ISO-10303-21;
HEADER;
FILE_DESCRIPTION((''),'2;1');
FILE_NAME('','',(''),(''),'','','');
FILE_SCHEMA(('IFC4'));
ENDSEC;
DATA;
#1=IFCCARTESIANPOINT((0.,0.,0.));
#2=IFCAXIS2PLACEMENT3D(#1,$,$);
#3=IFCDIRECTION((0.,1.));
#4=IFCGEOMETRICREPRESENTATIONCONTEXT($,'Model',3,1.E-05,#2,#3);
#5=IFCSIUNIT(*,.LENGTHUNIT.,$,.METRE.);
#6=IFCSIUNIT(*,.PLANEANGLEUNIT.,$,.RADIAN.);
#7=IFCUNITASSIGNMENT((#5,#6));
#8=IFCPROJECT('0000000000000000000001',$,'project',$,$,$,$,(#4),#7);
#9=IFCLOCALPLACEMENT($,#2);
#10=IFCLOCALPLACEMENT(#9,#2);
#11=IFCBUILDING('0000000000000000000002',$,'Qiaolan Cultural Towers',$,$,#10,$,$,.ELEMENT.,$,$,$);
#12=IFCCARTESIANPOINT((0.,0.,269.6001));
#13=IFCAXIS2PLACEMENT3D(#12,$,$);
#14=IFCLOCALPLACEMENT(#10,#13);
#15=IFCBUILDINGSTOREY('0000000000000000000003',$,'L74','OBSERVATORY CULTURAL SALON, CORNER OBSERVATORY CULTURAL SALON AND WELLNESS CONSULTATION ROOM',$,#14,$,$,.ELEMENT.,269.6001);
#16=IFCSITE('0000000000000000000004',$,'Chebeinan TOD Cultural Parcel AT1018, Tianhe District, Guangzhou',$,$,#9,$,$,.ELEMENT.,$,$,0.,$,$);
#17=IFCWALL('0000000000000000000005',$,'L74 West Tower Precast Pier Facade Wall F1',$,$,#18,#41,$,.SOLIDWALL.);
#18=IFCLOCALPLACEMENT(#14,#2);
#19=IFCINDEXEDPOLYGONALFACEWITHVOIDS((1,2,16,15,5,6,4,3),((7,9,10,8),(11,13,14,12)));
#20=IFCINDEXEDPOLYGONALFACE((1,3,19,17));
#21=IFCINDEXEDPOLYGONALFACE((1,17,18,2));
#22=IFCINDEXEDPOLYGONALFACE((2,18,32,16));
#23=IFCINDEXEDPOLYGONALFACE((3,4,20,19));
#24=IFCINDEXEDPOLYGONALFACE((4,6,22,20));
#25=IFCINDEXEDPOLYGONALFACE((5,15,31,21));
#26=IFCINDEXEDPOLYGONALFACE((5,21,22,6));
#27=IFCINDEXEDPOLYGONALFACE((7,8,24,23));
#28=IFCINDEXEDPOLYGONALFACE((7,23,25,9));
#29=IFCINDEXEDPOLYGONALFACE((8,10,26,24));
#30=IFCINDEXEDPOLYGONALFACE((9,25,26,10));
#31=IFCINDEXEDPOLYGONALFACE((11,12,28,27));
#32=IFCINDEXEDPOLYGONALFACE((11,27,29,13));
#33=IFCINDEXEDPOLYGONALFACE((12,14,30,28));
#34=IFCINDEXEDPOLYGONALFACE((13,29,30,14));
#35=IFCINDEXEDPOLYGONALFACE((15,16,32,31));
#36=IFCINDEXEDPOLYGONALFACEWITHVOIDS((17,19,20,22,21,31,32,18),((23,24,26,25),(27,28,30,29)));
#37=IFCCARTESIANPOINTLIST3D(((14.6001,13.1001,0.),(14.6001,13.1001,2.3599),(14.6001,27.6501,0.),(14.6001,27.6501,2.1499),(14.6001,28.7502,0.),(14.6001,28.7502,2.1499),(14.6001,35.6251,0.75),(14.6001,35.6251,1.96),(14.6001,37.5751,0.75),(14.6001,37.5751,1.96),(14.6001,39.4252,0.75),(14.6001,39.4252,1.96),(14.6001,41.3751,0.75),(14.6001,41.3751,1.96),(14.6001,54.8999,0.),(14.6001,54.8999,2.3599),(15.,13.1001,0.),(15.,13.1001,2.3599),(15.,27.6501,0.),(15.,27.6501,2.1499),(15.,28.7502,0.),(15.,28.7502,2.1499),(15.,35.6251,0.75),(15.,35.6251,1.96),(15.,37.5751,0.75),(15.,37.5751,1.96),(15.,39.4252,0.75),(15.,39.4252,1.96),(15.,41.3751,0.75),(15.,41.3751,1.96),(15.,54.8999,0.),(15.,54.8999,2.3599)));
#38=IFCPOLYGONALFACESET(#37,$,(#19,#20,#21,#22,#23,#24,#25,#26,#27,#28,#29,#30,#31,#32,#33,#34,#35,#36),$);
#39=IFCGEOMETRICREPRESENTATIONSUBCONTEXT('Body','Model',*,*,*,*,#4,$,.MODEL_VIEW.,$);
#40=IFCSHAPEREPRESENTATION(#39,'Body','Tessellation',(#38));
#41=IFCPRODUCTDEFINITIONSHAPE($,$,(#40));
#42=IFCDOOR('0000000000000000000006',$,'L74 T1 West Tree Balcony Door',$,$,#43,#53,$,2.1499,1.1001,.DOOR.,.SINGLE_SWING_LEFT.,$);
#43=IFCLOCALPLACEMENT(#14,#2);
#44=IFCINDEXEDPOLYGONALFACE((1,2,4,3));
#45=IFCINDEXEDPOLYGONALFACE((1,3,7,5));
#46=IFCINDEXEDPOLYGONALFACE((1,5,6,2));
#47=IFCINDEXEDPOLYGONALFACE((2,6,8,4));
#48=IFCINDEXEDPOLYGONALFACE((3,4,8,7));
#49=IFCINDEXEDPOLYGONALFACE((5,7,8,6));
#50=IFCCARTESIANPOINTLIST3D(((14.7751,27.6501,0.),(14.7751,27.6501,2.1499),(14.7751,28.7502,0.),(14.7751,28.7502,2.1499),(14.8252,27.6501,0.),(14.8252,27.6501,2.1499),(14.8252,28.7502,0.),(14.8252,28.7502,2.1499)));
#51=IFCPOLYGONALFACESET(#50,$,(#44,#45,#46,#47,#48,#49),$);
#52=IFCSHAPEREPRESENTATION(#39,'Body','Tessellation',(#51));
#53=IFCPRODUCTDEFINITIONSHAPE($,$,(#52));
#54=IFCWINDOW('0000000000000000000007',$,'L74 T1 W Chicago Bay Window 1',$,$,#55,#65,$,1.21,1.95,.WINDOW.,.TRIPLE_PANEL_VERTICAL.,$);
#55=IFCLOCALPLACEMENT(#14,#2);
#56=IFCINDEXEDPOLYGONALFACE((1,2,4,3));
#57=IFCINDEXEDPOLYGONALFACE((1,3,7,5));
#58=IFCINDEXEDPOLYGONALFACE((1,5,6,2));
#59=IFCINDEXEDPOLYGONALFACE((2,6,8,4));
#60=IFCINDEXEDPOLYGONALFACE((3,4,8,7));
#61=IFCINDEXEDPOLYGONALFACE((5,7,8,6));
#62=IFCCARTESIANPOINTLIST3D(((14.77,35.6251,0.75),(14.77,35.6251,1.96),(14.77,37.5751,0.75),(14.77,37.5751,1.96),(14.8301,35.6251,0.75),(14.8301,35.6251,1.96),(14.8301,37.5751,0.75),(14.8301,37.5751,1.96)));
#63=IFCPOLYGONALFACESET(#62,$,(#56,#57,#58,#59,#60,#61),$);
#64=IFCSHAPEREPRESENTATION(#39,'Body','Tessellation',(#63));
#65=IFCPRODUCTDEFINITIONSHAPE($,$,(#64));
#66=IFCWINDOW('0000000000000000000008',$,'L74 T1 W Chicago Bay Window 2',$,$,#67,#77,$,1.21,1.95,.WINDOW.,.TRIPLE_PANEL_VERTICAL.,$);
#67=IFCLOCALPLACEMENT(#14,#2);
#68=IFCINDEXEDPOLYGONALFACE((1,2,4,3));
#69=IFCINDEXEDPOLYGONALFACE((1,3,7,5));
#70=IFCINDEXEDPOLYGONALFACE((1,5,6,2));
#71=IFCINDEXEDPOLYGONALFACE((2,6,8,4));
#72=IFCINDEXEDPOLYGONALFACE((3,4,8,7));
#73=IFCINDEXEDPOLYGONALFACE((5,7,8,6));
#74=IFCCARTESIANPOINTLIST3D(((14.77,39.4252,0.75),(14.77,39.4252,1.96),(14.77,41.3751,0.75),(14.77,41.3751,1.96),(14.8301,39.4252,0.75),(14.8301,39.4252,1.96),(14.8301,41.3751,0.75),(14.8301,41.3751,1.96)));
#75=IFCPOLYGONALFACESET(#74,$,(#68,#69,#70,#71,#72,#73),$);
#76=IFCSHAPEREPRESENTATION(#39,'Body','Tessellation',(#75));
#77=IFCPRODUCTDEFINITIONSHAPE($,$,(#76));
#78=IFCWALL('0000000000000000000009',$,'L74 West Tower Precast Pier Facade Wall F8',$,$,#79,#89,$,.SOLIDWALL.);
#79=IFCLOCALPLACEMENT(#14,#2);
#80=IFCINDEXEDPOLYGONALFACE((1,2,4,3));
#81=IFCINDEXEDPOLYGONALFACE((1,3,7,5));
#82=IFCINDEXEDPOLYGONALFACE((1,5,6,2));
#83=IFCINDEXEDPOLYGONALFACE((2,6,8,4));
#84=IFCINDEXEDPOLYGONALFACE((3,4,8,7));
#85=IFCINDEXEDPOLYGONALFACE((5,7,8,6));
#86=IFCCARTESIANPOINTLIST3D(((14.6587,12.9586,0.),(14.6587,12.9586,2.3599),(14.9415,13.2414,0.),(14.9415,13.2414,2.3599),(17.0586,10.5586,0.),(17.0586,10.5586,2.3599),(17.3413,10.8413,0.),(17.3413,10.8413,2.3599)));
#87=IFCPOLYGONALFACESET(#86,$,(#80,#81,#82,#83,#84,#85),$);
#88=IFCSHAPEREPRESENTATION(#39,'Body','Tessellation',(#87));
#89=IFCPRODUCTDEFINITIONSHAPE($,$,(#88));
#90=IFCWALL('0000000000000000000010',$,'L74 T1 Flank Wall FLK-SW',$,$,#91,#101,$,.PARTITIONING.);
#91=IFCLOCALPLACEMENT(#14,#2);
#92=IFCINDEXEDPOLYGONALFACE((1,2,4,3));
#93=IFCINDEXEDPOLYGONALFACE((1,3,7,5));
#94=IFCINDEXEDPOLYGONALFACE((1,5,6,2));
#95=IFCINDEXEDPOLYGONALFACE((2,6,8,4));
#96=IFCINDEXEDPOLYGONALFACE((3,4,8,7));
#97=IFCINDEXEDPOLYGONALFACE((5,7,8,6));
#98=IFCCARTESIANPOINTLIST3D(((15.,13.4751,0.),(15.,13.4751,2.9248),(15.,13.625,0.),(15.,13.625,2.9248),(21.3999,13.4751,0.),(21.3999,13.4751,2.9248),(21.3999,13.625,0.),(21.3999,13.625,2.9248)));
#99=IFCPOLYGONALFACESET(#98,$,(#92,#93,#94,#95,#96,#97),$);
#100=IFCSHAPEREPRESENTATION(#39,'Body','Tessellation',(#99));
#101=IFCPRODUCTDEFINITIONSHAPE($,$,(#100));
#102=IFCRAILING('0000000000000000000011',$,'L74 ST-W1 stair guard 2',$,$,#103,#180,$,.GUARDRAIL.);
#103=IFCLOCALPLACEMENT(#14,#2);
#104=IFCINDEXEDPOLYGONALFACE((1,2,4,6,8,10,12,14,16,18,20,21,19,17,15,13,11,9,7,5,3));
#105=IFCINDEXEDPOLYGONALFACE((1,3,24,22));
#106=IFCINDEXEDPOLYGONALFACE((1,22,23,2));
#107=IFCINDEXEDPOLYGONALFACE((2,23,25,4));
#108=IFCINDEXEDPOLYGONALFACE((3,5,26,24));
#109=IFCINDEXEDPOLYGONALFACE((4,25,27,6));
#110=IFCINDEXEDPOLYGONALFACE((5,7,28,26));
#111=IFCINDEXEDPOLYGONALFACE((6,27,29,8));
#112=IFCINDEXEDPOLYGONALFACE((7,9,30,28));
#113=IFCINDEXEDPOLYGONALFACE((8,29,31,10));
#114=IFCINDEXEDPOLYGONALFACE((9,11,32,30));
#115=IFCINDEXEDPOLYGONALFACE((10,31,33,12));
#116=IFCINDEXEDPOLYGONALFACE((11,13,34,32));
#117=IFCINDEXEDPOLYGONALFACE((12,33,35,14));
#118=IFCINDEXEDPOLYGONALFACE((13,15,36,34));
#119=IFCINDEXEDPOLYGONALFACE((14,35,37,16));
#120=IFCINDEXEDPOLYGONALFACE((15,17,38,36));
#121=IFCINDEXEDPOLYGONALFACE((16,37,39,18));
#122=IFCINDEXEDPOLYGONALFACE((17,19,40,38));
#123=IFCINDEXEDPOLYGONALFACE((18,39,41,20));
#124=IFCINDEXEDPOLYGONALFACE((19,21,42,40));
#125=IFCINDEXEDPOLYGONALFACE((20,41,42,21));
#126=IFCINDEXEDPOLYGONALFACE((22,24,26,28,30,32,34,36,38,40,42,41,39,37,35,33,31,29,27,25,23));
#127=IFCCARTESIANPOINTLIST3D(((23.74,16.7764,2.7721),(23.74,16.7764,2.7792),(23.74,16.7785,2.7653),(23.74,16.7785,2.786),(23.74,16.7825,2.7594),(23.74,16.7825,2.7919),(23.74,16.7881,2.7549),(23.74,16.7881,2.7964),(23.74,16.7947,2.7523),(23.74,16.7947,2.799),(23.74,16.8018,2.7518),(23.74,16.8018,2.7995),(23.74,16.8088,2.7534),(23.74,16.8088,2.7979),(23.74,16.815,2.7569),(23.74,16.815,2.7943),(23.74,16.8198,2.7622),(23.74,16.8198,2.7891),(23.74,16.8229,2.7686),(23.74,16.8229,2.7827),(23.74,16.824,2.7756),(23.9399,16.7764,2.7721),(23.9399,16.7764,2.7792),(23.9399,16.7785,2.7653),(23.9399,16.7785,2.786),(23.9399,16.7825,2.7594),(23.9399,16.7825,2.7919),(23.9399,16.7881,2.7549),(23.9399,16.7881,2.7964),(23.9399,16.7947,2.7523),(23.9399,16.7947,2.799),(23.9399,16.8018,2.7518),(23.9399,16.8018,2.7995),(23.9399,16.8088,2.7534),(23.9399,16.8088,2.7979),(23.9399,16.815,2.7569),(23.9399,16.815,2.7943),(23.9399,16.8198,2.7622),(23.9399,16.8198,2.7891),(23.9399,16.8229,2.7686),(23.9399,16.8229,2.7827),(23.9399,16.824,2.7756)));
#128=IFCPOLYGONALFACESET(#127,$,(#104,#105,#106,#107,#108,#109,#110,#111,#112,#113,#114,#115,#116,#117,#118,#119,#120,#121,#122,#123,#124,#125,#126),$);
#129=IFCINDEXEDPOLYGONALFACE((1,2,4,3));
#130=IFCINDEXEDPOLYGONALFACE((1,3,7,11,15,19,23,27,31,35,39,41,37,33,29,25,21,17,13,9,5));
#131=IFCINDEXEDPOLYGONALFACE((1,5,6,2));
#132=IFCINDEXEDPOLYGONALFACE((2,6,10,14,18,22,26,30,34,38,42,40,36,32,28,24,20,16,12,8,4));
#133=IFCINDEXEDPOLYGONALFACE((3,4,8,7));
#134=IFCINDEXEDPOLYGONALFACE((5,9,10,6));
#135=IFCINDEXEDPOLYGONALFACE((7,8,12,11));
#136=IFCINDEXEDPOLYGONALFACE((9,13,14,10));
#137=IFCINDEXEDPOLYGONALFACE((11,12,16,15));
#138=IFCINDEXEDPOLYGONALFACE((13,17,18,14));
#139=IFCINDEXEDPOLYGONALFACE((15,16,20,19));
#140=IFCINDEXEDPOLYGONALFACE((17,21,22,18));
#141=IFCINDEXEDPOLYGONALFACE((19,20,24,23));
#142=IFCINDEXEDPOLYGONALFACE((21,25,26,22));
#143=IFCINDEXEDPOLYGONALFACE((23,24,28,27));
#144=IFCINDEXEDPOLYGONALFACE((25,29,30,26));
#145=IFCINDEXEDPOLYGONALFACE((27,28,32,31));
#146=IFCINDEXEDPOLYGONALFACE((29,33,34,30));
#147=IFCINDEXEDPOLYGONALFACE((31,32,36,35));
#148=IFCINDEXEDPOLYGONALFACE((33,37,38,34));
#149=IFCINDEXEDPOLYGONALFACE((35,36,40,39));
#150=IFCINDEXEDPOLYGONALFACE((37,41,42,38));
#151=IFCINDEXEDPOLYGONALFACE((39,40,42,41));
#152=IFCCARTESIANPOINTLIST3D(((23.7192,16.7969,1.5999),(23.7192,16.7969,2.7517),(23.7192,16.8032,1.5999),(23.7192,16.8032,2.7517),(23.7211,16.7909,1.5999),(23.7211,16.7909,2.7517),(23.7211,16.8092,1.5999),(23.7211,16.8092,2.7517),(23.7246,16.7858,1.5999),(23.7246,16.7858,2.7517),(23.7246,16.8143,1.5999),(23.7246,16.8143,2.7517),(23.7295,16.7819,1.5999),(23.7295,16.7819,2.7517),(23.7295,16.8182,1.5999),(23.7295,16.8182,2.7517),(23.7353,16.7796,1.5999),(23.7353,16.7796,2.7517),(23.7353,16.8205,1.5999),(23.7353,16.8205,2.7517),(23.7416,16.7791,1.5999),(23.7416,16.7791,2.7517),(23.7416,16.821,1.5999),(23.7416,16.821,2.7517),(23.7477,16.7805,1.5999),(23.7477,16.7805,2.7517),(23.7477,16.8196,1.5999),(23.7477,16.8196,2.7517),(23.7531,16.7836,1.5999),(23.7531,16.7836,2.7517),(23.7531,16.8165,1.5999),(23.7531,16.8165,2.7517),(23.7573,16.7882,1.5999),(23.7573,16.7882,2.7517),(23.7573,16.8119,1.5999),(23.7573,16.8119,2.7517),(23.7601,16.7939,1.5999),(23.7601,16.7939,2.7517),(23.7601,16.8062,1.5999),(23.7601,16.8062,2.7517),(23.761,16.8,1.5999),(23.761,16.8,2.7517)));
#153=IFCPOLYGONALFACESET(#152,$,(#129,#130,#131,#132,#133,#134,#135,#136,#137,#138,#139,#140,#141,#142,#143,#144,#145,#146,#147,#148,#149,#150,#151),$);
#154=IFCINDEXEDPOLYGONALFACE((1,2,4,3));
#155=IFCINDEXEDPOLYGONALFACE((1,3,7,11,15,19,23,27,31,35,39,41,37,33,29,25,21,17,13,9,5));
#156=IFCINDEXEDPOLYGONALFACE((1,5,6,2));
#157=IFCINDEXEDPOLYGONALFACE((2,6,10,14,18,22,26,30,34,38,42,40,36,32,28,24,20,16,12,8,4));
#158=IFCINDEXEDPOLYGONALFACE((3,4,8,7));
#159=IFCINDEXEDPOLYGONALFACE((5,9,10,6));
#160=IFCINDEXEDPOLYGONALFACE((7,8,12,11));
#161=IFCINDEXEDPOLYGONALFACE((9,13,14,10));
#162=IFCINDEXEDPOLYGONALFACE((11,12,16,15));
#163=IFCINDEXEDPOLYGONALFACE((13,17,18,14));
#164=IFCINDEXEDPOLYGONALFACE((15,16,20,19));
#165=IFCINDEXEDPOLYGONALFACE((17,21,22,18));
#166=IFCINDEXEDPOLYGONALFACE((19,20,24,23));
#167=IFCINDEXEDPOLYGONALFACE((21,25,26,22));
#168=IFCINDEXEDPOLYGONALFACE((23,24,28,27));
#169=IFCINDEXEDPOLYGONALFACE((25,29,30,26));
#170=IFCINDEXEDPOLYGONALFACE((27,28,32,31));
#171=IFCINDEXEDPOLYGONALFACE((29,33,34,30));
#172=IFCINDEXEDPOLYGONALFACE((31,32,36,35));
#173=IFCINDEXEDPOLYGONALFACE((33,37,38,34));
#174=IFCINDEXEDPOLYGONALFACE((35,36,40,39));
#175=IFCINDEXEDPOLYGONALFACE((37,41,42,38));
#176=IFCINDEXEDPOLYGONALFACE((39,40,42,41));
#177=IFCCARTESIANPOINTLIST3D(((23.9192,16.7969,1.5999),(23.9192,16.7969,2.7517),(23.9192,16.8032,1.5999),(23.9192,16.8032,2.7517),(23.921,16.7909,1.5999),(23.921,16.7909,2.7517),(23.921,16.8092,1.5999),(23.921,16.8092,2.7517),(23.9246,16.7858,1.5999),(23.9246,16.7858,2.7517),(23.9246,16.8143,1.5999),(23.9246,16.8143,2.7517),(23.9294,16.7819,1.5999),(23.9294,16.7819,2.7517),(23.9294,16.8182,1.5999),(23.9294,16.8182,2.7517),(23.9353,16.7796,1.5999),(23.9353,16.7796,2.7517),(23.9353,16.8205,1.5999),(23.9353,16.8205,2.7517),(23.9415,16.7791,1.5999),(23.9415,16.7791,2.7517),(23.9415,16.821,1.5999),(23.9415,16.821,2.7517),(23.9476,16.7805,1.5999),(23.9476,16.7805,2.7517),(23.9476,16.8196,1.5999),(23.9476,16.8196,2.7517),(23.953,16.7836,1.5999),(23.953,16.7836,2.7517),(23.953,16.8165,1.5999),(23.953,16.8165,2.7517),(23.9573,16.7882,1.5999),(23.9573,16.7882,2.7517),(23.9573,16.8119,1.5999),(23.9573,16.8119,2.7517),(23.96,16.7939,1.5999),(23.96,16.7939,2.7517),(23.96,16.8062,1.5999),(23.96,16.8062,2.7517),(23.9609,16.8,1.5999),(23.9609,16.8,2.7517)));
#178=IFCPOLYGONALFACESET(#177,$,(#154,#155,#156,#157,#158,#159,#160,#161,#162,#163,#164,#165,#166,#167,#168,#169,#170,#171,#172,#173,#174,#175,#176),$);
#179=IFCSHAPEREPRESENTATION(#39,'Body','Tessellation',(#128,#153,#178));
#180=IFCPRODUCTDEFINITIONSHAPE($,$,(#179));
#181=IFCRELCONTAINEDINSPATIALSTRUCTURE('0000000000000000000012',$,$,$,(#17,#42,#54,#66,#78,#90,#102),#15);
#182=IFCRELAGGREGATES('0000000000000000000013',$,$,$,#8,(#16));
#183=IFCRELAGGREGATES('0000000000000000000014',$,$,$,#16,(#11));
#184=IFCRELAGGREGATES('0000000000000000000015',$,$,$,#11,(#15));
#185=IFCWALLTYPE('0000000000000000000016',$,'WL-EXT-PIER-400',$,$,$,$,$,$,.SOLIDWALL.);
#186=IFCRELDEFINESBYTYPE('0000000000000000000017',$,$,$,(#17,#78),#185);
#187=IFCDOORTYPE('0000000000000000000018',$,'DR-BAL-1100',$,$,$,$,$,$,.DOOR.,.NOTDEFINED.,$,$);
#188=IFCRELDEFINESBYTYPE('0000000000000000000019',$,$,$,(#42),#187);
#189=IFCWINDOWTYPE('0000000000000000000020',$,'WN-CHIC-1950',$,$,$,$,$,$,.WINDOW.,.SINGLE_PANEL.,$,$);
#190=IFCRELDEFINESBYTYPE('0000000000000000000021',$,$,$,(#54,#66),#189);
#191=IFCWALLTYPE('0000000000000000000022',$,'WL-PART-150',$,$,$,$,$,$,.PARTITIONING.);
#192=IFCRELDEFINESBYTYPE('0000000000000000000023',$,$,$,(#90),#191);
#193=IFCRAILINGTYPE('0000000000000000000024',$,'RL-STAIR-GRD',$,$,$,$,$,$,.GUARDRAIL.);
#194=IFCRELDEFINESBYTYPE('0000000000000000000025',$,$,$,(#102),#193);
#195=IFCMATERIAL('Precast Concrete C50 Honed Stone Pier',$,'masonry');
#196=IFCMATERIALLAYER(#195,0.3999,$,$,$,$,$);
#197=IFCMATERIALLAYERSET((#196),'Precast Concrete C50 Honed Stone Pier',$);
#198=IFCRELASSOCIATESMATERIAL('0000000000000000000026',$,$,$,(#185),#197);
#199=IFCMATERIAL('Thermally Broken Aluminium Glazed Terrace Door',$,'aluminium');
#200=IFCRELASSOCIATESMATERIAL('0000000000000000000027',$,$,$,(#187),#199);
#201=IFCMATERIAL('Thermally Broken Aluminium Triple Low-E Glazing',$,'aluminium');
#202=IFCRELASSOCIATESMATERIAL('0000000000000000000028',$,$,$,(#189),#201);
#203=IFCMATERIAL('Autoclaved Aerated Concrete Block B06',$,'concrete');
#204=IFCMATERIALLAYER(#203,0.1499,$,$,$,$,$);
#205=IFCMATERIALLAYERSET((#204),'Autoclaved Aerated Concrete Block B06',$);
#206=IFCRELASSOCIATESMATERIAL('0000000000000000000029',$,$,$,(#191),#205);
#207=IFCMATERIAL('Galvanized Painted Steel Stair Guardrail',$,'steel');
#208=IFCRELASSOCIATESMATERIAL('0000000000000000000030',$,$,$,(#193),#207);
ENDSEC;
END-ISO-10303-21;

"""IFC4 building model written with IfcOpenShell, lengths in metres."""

from ifc_helpers import new_model, si_unit, direction, frame, frame_2d, origin, origin_2d, place, context, subcontext, project, spatial, rectangle, circle, extrude, material, layer, layer_set, type_object, element, fill, save


model = new_model("IFC4")

# Units and contexts
model_context = context("Model", 3, precision=1e-05, world=origin(), true_north=direction((0.0, 1.0)))
body_context = subcontext(model_context, "Body", "Model", "MODEL_VIEW")
ifc_project = project(units=[si_unit("LENGTHUNIT", "METRE"), si_unit("PLANEANGLEUNIT", "RADIAN")], contexts=[model_context])

# Site, building, storey
site_placement = place(None, origin())
site = spatial("IfcSite", under=ifc_project, at=site_placement, Name="Chebeinan TOD Cultural Parcel AT1018, Tianhe District, Guangzhou", CompositionType="ELEMENT", RefElevation=0.0)
building_placement = place(site_placement, origin())
building = spatial("IfcBuilding", under=site, at=building_placement, Name="Qiaolan Cultural Towers", CompositionType="ELEMENT")
storey_placement = place(building_placement, frame((0.0, 0.0, 269.6001)))
storey = spatial("IfcBuildingStorey", under=building, at=storey_placement, Name="L74", Description="OBSERVATORY CULTURAL SALON, CORNER OBSERVATORY CULTURAL SALON AND WELLNESS CONSULTATION ROOM", CompositionType="ELEMENT", Elevation=269.6001)

# Wall, openings, door, windows
ifc_material_1 = material(Name="Precast Concrete C50 Honed Stone Pier", Category="masonry")
ifc_layer_1 = layer(ifc_material_1, 0.3999)
ifc_layer_set_1 = layer_set([ifc_layer_1], Name="Precast Concrete C50 Honed Stone Pier")
wall_type_1 = type_object("IfcWallType", Name="WL-EXT-PIER-400", PredefinedType="SOLIDWALL", material=ifc_layer_set_1)
wall_1_placement = place(storey_placement, frame((14.8, 13.1001, 0.0), z_axis=(0.0, 0.0, 1.0), x_axis=(0.0, 1.0, 0.0)))
wall_1 = element("IfcWall", 1, at=wall_1_placement, inside=storey, type_object=wall_type_1, Name="L74 West Tower Precast Pier Facade Wall F1", PredefinedType="SOLIDWALL", context=body_context, shape_type="SweptSolid", body=[
    extrude(rectangle(XDim=41.7998, YDim=0.3999, at=frame_2d((20.8999, 0.0))), origin(), (0.0, 0.0, 1.0), 2.3599),
])
opening_1_placement = place(wall_1_placement, frame((22.5249, 0.0, 0.75)))
opening_1 = element("IfcOpeningElement", 2, at=opening_1_placement, cuts=wall_1, PredefinedType="OPENING", context=body_context, shape_type="SweptSolid", body=[
    extrude(rectangle(XDim=1.95, YDim=1.21, at=frame_2d((0.9751, 0.605))), frame((0.0, 0.21, 0.0), z_axis=(0.0, -1.0, 0.0), x_axis=(1.0, 0.0, 0.0)), (0.0, 0.0, 1.0), 0.4199),
])
opening_2_placement = place(wall_1_placement, frame((26.325, 0.0, 0.75)))
opening_2 = element("IfcOpeningElement", 3, at=opening_2_placement, cuts=wall_1, PredefinedType="OPENING", context=body_context, shape_type="SweptSolid", body=[
    extrude(rectangle(XDim=1.95, YDim=1.21, at=frame_2d((0.9751, 0.605))), frame((0.0, 0.21, 0.0), z_axis=(0.0, -1.0, 0.0), x_axis=(1.0, 0.0, 0.0)), (0.0, 0.0, 1.0), 0.4199),
])
opening_3_placement = place(wall_1_placement, frame((14.55, 0.0, 0.0)))
opening_3 = element("IfcOpeningElement", 4, at=opening_3_placement, cuts=wall_1, PredefinedType="OPENING", context=body_context, shape_type="SweptSolid", body=[
    extrude(rectangle(XDim=1.1001, YDim=2.1499, at=frame_2d((0.55, 1.075))), frame((0.0, 0.21, 0.0), z_axis=(0.0, -1.0, 0.0), x_axis=(1.0, 0.0, 0.0)), (0.0, 0.0, 1.0), 0.4199),
])
ifc_material_2 = material(Name="Thermally Broken Aluminium Glazed Terrace Door", Category="aluminium")
door_type = type_object("IfcDoorType", Name="DR-BAL-1100", OperationType="NOTDEFINED", PredefinedType="DOOR", material=ifc_material_2)
door_placement = place(opening_3_placement, origin())
door = element("IfcDoor", 5, at=door_placement, inside=storey, type_object=door_type, Name="L74 T1 West Tree Balcony Door", OperationType="SINGLE_SWING_LEFT", OverallHeight=2.1499, OverallWidth=1.1001, PredefinedType="DOOR", context=body_context, shape_type="SweptSolid", body=[
    extrude(rectangle(XDim=1.1001, YDim=2.1499, at=frame_2d((0.55, 1.075))), frame((0.0, 0.0249, 0.0), z_axis=(0.0, -1.0, 0.0), x_axis=(1.0, 0.0, 0.0)), (0.0, 0.0, 1.0), 0.05),
])
fill(opening_3, door)
ifc_material_3 = material(Name="Thermally Broken Aluminium Triple Low-E Glazing", Category="aluminium")
window_type = type_object("IfcWindowType", Name="WN-CHIC-1950", PartitioningType="SINGLE_PANEL", PredefinedType="WINDOW", material=ifc_material_3)
window_1_placement = place(opening_1_placement, origin())
window_1 = element("IfcWindow", 6, at=window_1_placement, inside=storey, type_object=window_type, Name="L74 T1 W Chicago Bay Window 1", OverallHeight=1.21, OverallWidth=1.95, PartitioningType="TRIPLE_PANEL_VERTICAL", PredefinedType="WINDOW", context=body_context, shape_type="SweptSolid", body=[
    extrude(rectangle(XDim=1.95, YDim=1.21, at=frame_2d((0.9751, 0.605))), frame((0.0, 0.03, 0.0), z_axis=(0.0, -1.0, 0.0), x_axis=(1.0, 0.0, 0.0)), (0.0, 0.0, 1.0), 0.0601),
])
fill(opening_1, window_1)
window_2_placement = place(opening_2_placement, origin())
window_2 = element("IfcWindow", 7, at=window_2_placement, inside=storey, type_object=window_type, Name="L74 T1 W Chicago Bay Window 2", OverallHeight=1.21, OverallWidth=1.95, PartitioningType="TRIPLE_PANEL_VERTICAL", PredefinedType="WINDOW", context=body_context, shape_type="SweptSolid", body=[
    extrude(rectangle(XDim=1.95, YDim=1.21, at=frame_2d((0.9751, 0.605))), frame((0.0, 0.03, 0.0), z_axis=(0.0, -1.0, 0.0), x_axis=(1.0, 0.0, 0.0)), (0.0, 0.0, 1.0), 0.0601),
])
fill(opening_2, window_2)

# Walls
wall_2_placement = place(storey_placement, frame((17.2, 10.7, 0.0), z_axis=(0.0, 0.0, 1.0), x_axis=(-0.707071, 0.707143, 0.0)))
element("IfcWall", 8, at=wall_2_placement, inside=storey, type_object=wall_type_1, Name="L74 West Tower Precast Pier Facade Wall F8", PredefinedType="SOLIDWALL", context=body_context, shape_type="SweptSolid", body=[
    extrude(rectangle(XDim=3.394, YDim=0.3999, at=frame_2d((1.697, 0.0))), origin(), (0.0, 0.0, 1.0), 2.3599),
])
ifc_material_4 = material(Name="Autoclaved Aerated Concrete Block B06", Category="concrete")
ifc_layer_2 = layer(ifc_material_4, 0.1499)
ifc_layer_set_2 = layer_set([ifc_layer_2], Name="Autoclaved Aerated Concrete Block B06")
wall_type_2 = type_object("IfcWallType", Name="WL-PART-150", PredefinedType="PARTITIONING", material=ifc_layer_set_2)
wall_3_placement = place(storey_placement, frame((15.0, 13.55, 0.0), z_axis=(0.0, 0.0, 1.0), x_axis=(1.0, 0.0, 0.0)))
element("IfcWall", 9, at=wall_3_placement, inside=storey, type_object=wall_type_2, Name="L74 T1 Flank Wall FLK-SW", PredefinedType="PARTITIONING", context=body_context, shape_type="SweptSolid", body=[
    extrude(rectangle(XDim=6.3999, YDim=0.1499, at=frame_2d((3.2, 0.0))), origin(), (0.0, 0.0, 1.0), 2.9248),
])

# Railing
ifc_material_5 = material(Name="Galvanized Painted Steel Stair Guardrail", Category="steel")
railing_type = type_object("IfcRailingType", Name="RL-STAIR-GRD", PredefinedType="GUARDRAIL", material=ifc_material_5)
railing_1_placement = place(storey_placement, frame((23.74, 16.8, 1.5999)))
element("IfcRailing", 10, at=railing_1_placement, inside=storey, type_object=railing_type, Name="L74 ST-W1 stair guard 2", PredefinedType="GUARDRAIL", context=body_context, shape_type="SweptSolid", body=[
    extrude(circle(Radius=0.0239, at=origin_2d()), frame((0.0, 0.0, 1.1758), z_axis=(1.0, 0.0, 0.0), x_axis=(0.0, 1.0, 0.0)), (0.0, 0.0, 1.0), 0.2),
    extrude(circle(Radius=0.021, at=origin_2d()), origin(), (0.0, 0.0, 1.0), 1.1519),
    extrude(circle(Radius=0.021, at=origin_2d()), frame((0.2, 0.0, 0.0)), (0.0, 0.0, 1.0), 1.1519),
])

save(model, "model.ifc")
